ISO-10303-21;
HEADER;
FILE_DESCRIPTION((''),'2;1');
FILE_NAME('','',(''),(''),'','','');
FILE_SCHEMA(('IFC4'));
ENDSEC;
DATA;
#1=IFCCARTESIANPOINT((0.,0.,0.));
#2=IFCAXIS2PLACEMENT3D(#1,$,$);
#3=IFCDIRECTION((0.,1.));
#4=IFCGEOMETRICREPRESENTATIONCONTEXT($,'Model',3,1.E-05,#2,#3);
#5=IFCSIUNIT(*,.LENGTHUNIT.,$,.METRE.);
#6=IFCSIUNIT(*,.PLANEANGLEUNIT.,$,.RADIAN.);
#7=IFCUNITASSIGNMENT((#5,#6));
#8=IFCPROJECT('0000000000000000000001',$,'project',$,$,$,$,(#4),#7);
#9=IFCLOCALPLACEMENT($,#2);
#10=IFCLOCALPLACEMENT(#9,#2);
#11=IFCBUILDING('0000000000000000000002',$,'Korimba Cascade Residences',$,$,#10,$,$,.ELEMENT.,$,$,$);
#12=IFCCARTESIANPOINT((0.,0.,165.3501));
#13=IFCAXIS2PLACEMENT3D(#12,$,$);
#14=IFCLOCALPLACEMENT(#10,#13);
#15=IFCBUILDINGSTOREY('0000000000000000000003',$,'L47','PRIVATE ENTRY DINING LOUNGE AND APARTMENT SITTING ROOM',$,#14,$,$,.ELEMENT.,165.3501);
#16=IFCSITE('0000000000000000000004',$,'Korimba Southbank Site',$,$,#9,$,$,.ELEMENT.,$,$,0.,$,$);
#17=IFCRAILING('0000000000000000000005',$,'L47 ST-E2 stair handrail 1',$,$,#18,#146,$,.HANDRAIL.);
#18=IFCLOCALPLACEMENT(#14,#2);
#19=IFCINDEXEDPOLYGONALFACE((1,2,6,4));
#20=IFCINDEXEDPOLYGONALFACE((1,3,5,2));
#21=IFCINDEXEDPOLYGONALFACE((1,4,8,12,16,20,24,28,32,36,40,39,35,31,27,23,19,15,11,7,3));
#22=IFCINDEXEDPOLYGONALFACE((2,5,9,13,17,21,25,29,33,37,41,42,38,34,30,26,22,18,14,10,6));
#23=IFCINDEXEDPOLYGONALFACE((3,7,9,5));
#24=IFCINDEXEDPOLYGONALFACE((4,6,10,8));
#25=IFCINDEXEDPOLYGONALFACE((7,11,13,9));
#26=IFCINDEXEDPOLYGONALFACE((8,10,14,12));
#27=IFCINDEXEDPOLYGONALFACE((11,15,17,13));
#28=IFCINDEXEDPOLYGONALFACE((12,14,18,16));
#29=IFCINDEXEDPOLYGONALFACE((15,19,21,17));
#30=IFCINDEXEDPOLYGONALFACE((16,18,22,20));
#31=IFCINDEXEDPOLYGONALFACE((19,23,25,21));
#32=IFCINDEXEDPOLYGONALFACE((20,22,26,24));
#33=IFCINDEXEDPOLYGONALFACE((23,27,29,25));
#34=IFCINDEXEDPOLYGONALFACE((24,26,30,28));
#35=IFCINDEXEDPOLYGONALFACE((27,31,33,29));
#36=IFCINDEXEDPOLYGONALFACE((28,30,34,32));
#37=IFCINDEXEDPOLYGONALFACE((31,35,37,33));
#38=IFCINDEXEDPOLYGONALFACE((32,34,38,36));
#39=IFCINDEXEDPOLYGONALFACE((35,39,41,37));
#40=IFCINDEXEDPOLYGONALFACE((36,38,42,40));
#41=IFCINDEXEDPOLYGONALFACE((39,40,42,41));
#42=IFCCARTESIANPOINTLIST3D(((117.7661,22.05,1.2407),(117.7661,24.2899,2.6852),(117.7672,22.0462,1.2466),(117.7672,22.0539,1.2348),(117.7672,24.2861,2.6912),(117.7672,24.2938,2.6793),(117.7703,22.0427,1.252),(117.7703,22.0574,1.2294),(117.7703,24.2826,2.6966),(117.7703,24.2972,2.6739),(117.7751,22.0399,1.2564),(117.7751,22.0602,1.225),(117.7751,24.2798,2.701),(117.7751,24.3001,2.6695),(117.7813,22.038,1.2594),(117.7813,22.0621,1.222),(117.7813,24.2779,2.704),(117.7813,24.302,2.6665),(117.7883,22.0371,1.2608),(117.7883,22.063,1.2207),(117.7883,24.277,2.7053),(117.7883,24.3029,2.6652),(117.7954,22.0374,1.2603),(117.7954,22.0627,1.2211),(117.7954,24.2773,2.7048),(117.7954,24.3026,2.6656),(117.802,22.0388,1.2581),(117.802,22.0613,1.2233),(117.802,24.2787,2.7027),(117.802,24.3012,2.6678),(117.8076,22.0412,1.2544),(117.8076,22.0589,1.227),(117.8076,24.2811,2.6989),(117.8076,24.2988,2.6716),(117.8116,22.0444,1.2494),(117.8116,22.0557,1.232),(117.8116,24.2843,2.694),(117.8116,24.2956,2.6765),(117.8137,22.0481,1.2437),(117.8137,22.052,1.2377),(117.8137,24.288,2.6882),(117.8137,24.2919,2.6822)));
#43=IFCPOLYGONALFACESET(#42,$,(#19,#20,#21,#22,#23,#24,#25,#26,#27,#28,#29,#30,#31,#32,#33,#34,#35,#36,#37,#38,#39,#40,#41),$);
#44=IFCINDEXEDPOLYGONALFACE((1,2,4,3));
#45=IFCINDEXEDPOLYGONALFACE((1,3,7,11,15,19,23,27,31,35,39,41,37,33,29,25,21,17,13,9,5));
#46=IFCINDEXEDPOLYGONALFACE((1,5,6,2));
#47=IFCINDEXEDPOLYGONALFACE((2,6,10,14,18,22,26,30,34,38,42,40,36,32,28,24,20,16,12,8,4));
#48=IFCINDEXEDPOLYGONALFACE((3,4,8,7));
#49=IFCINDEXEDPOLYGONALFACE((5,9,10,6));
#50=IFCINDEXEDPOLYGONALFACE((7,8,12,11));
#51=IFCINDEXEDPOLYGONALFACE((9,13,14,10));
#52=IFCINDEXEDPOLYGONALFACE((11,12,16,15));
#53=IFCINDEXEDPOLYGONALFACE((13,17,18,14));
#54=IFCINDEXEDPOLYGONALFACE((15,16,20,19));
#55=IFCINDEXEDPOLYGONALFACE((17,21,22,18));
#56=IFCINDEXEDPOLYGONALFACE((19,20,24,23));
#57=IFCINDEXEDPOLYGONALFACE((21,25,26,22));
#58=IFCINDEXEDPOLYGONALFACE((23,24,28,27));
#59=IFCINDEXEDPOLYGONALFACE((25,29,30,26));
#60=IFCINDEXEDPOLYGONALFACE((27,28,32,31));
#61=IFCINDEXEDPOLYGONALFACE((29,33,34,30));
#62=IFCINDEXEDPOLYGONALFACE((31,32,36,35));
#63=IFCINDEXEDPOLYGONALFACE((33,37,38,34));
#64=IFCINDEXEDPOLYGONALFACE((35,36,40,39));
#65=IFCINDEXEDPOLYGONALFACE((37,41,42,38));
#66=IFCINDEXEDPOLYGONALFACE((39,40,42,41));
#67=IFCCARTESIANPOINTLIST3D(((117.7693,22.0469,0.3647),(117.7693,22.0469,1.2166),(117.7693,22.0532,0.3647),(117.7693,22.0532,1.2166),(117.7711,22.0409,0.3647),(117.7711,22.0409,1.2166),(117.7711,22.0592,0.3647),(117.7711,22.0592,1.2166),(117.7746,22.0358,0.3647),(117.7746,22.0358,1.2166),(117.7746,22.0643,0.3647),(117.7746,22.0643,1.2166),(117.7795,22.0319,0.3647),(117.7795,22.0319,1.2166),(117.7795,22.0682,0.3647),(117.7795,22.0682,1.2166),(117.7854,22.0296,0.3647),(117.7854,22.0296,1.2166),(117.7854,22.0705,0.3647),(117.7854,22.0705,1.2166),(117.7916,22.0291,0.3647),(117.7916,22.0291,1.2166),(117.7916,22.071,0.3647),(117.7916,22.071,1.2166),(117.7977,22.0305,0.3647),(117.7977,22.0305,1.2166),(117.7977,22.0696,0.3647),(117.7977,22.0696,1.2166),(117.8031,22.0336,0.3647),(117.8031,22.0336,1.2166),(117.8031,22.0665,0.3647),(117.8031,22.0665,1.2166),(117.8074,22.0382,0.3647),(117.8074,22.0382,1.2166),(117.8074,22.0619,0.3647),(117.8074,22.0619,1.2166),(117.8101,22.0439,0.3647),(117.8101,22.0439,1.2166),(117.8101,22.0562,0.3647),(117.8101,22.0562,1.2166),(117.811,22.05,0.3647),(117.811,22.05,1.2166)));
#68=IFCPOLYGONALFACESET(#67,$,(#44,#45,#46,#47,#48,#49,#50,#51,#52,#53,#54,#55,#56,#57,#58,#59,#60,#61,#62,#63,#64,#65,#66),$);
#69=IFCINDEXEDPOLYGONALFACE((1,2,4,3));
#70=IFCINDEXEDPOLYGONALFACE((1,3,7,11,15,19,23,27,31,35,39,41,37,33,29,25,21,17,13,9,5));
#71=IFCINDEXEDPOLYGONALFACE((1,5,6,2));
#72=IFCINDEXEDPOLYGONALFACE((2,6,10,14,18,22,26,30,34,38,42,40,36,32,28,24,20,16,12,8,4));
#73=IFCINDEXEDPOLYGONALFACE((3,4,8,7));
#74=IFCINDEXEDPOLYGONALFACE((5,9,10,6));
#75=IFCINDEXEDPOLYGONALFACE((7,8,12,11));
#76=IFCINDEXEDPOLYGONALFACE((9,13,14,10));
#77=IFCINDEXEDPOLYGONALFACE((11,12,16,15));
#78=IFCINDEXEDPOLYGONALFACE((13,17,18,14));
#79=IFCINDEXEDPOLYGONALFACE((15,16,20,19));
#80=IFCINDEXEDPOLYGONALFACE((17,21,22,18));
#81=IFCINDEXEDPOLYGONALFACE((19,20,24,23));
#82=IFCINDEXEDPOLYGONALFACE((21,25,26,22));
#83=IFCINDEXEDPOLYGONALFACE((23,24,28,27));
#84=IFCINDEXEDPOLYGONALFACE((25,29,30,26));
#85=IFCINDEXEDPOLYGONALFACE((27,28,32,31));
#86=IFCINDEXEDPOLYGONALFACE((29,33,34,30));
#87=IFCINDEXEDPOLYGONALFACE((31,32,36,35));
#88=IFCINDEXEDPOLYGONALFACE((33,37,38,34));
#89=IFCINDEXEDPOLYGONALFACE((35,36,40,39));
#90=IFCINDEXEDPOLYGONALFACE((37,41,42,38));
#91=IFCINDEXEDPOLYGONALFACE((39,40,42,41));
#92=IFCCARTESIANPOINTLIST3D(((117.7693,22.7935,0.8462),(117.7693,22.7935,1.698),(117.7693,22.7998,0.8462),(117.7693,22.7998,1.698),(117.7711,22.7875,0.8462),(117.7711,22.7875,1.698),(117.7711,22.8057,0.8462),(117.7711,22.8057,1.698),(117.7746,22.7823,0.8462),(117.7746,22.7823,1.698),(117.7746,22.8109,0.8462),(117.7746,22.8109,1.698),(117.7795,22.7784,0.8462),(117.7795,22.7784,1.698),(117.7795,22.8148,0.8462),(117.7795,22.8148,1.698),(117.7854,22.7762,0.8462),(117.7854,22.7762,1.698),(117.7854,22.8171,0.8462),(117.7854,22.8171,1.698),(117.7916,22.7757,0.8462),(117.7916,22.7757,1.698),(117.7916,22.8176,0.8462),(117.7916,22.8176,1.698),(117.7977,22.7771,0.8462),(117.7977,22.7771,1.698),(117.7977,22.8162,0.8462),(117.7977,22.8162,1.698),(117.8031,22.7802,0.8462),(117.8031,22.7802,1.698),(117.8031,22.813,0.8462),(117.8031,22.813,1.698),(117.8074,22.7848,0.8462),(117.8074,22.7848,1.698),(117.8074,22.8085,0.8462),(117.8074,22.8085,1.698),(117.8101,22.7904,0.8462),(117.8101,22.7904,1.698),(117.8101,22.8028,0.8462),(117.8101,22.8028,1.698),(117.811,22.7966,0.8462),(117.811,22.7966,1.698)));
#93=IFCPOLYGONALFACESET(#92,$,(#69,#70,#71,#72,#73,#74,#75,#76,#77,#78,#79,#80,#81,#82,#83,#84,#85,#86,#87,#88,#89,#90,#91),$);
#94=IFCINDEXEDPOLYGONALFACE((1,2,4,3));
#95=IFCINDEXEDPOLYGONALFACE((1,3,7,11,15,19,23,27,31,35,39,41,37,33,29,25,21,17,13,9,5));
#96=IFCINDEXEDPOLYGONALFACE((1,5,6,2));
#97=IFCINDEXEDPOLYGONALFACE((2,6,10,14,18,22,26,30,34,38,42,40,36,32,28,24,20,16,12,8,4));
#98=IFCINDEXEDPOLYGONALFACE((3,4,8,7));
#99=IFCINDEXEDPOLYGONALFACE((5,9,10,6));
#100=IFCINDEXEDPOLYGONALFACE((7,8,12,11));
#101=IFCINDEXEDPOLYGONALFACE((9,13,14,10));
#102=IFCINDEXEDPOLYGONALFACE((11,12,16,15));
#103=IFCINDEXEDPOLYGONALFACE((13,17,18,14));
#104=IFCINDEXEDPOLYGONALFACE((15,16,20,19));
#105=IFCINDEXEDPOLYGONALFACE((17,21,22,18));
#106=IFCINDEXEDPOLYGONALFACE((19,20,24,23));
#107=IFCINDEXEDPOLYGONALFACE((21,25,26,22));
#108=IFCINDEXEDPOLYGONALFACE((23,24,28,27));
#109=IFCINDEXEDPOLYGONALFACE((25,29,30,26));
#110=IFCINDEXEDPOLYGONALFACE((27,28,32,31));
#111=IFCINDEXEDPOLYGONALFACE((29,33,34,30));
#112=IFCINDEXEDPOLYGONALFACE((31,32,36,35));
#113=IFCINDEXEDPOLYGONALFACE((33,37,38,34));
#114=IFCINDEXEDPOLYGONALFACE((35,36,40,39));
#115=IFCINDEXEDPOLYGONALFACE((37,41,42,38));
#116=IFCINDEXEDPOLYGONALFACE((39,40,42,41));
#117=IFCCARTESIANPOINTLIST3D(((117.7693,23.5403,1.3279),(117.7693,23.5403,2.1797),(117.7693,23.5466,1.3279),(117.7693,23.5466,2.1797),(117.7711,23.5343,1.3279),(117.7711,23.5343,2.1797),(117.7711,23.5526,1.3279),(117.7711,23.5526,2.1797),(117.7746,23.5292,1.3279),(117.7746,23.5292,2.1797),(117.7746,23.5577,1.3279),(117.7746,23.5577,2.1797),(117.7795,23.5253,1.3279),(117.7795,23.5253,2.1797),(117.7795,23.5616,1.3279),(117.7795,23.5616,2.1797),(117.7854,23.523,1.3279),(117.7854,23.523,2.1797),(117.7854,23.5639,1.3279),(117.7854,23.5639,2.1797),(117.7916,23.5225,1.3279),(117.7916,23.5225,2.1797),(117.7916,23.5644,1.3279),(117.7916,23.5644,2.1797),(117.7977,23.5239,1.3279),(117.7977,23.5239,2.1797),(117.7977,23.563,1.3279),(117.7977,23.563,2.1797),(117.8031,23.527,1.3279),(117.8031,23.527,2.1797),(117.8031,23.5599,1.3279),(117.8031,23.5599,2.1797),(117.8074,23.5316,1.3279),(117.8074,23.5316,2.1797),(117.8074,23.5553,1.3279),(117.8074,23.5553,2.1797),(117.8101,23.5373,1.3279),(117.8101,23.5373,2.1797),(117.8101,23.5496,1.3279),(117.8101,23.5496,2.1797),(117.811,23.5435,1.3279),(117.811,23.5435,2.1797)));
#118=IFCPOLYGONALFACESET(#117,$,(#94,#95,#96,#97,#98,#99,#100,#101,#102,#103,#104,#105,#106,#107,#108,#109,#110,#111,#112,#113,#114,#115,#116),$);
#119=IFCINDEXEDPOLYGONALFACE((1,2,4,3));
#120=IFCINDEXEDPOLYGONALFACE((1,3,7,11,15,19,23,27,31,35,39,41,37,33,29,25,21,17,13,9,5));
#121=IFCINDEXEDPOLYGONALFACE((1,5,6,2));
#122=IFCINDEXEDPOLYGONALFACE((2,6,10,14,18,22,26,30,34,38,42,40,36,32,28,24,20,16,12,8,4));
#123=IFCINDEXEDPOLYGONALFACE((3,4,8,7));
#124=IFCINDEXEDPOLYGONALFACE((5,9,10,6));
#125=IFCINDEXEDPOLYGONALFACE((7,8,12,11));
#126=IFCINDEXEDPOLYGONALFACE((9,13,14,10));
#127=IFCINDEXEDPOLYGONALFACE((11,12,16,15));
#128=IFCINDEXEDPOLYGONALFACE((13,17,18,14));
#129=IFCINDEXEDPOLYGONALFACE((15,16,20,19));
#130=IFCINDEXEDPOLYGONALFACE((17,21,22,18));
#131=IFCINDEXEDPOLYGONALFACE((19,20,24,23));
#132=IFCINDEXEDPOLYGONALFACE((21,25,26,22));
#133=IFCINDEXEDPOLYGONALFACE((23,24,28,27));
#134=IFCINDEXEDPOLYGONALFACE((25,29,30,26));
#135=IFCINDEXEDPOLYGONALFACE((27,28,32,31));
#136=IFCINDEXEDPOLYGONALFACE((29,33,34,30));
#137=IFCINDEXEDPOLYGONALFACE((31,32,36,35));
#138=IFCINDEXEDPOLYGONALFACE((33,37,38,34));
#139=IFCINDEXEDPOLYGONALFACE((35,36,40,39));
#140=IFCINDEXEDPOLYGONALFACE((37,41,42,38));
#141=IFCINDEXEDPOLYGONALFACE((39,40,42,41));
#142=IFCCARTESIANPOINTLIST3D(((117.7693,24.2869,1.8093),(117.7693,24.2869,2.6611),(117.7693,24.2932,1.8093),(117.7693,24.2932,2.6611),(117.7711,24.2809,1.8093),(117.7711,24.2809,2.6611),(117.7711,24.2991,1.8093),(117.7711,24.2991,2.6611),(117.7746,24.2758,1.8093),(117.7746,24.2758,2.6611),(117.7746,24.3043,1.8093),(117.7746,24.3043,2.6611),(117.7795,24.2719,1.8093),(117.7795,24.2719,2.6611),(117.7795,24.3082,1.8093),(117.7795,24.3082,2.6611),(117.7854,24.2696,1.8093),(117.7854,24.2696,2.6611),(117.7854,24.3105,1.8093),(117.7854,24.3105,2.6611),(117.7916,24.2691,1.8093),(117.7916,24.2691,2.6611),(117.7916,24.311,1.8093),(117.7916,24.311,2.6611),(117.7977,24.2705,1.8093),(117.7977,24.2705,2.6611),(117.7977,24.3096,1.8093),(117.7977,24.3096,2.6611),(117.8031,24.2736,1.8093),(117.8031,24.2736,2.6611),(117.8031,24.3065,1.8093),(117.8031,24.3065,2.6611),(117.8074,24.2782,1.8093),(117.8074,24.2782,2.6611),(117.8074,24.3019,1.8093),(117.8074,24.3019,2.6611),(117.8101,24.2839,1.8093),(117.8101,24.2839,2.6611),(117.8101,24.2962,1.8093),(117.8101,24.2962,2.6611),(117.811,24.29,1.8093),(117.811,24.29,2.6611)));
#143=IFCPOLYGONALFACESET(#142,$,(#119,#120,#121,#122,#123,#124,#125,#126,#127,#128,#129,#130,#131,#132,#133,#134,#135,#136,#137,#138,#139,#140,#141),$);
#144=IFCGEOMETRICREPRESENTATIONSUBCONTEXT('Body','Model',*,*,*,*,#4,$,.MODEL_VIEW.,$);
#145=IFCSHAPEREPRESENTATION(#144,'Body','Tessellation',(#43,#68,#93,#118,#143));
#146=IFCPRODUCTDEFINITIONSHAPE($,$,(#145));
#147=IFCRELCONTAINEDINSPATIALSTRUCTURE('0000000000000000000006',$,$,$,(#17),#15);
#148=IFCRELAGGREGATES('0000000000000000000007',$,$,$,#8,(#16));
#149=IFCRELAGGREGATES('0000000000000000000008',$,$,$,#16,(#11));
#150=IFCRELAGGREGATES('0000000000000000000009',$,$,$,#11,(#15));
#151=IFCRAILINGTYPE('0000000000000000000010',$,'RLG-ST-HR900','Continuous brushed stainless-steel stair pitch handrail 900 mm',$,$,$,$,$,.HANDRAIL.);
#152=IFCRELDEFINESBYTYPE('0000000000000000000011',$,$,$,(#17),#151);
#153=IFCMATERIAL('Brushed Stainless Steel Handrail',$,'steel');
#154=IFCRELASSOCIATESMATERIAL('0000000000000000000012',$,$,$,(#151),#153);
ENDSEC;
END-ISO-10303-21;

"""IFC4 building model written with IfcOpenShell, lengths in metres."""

from ifc_helpers import new_model, si_unit, direction, frame, origin, origin_2d, place, context, subcontext, project, spatial, circle, extrude, material, type_object, element, save


model = new_model("IFC4")

# Units and contexts
model_context = context("Model", 3, precision=1e-05, world=origin(), true_north=direction((0.0, 1.0)))
body_context = subcontext(model_context, "Body", "Model", "MODEL_VIEW")
ifc_project = project(units=[si_unit("LENGTHUNIT", "METRE"), si_unit("PLANEANGLEUNIT", "RADIAN")], contexts=[model_context])

# Site, building, storey
site_placement = place(None, origin())
site = spatial("IfcSite", under=ifc_project, at=site_placement, Name="Korimba Southbank Site", CompositionType="ELEMENT", RefElevation=0.0)
building_placement = place(site_placement, origin())
building = spatial("IfcBuilding", under=site, at=building_placement, Name="Korimba Cascade Residences", CompositionType="ELEMENT")
storey_placement = place(building_placement, frame((0.0, 0.0, 165.3501)))
storey = spatial("IfcBuildingStorey", under=building, at=storey_placement, Name="L47", Description="PRIVATE ENTRY DINING LOUNGE AND APARTMENT SITTING ROOM", CompositionType="ELEMENT", Elevation=165.3501)

# Railing
ifc_material_1 = material(Name="Brushed Stainless Steel Handrail", Category="steel")
railing_type_1 = type_object("IfcRailingType", Name="RLG-ST-HR900", Description="Continuous brushed stainless-steel stair pitch handrail 900 mm", PredefinedType="HANDRAIL", material=ifc_material_1)
railing_1_placement = place(storey_placement, frame((117.79, 22.05, 0.3647)))
element("IfcRailing", 1, at=railing_1_placement, inside=storey, type_object=railing_type_1, Name="L47 ST-E2 stair handrail 1", PredefinedType="HANDRAIL", context=body_context, shape_type="SweptSolid", body=[
    extrude(circle(Radius=0.0239, at=origin_2d()), frame((0.0, 0.0, 0.876), z_axis=(0.0, 0.840395, 0.541975), x_axis=(-1.0, 0.0, 0.0)), (0.0, 0.0, 1.0), 2.6653),
    extrude(circle(Radius=0.021, at=origin_2d()), origin(), (0.0, 0.0, 1.0), 0.8518),
    extrude(circle(Radius=0.021, at=origin_2d()), frame((0.0, 0.7466, 0.4814)), (0.0, 0.0, 1.0), 0.8518),
    extrude(circle(Radius=0.021, at=origin_2d()), frame((0.0, 1.4934, 0.9631)), (0.0, 0.0, 1.0), 0.8518),
    extrude(circle(Radius=0.021, at=origin_2d()), frame((0.0, 2.24, 1.4446)), (0.0, 0.0, 1.0), 0.8518),
])

save(model, "model.ifc")
